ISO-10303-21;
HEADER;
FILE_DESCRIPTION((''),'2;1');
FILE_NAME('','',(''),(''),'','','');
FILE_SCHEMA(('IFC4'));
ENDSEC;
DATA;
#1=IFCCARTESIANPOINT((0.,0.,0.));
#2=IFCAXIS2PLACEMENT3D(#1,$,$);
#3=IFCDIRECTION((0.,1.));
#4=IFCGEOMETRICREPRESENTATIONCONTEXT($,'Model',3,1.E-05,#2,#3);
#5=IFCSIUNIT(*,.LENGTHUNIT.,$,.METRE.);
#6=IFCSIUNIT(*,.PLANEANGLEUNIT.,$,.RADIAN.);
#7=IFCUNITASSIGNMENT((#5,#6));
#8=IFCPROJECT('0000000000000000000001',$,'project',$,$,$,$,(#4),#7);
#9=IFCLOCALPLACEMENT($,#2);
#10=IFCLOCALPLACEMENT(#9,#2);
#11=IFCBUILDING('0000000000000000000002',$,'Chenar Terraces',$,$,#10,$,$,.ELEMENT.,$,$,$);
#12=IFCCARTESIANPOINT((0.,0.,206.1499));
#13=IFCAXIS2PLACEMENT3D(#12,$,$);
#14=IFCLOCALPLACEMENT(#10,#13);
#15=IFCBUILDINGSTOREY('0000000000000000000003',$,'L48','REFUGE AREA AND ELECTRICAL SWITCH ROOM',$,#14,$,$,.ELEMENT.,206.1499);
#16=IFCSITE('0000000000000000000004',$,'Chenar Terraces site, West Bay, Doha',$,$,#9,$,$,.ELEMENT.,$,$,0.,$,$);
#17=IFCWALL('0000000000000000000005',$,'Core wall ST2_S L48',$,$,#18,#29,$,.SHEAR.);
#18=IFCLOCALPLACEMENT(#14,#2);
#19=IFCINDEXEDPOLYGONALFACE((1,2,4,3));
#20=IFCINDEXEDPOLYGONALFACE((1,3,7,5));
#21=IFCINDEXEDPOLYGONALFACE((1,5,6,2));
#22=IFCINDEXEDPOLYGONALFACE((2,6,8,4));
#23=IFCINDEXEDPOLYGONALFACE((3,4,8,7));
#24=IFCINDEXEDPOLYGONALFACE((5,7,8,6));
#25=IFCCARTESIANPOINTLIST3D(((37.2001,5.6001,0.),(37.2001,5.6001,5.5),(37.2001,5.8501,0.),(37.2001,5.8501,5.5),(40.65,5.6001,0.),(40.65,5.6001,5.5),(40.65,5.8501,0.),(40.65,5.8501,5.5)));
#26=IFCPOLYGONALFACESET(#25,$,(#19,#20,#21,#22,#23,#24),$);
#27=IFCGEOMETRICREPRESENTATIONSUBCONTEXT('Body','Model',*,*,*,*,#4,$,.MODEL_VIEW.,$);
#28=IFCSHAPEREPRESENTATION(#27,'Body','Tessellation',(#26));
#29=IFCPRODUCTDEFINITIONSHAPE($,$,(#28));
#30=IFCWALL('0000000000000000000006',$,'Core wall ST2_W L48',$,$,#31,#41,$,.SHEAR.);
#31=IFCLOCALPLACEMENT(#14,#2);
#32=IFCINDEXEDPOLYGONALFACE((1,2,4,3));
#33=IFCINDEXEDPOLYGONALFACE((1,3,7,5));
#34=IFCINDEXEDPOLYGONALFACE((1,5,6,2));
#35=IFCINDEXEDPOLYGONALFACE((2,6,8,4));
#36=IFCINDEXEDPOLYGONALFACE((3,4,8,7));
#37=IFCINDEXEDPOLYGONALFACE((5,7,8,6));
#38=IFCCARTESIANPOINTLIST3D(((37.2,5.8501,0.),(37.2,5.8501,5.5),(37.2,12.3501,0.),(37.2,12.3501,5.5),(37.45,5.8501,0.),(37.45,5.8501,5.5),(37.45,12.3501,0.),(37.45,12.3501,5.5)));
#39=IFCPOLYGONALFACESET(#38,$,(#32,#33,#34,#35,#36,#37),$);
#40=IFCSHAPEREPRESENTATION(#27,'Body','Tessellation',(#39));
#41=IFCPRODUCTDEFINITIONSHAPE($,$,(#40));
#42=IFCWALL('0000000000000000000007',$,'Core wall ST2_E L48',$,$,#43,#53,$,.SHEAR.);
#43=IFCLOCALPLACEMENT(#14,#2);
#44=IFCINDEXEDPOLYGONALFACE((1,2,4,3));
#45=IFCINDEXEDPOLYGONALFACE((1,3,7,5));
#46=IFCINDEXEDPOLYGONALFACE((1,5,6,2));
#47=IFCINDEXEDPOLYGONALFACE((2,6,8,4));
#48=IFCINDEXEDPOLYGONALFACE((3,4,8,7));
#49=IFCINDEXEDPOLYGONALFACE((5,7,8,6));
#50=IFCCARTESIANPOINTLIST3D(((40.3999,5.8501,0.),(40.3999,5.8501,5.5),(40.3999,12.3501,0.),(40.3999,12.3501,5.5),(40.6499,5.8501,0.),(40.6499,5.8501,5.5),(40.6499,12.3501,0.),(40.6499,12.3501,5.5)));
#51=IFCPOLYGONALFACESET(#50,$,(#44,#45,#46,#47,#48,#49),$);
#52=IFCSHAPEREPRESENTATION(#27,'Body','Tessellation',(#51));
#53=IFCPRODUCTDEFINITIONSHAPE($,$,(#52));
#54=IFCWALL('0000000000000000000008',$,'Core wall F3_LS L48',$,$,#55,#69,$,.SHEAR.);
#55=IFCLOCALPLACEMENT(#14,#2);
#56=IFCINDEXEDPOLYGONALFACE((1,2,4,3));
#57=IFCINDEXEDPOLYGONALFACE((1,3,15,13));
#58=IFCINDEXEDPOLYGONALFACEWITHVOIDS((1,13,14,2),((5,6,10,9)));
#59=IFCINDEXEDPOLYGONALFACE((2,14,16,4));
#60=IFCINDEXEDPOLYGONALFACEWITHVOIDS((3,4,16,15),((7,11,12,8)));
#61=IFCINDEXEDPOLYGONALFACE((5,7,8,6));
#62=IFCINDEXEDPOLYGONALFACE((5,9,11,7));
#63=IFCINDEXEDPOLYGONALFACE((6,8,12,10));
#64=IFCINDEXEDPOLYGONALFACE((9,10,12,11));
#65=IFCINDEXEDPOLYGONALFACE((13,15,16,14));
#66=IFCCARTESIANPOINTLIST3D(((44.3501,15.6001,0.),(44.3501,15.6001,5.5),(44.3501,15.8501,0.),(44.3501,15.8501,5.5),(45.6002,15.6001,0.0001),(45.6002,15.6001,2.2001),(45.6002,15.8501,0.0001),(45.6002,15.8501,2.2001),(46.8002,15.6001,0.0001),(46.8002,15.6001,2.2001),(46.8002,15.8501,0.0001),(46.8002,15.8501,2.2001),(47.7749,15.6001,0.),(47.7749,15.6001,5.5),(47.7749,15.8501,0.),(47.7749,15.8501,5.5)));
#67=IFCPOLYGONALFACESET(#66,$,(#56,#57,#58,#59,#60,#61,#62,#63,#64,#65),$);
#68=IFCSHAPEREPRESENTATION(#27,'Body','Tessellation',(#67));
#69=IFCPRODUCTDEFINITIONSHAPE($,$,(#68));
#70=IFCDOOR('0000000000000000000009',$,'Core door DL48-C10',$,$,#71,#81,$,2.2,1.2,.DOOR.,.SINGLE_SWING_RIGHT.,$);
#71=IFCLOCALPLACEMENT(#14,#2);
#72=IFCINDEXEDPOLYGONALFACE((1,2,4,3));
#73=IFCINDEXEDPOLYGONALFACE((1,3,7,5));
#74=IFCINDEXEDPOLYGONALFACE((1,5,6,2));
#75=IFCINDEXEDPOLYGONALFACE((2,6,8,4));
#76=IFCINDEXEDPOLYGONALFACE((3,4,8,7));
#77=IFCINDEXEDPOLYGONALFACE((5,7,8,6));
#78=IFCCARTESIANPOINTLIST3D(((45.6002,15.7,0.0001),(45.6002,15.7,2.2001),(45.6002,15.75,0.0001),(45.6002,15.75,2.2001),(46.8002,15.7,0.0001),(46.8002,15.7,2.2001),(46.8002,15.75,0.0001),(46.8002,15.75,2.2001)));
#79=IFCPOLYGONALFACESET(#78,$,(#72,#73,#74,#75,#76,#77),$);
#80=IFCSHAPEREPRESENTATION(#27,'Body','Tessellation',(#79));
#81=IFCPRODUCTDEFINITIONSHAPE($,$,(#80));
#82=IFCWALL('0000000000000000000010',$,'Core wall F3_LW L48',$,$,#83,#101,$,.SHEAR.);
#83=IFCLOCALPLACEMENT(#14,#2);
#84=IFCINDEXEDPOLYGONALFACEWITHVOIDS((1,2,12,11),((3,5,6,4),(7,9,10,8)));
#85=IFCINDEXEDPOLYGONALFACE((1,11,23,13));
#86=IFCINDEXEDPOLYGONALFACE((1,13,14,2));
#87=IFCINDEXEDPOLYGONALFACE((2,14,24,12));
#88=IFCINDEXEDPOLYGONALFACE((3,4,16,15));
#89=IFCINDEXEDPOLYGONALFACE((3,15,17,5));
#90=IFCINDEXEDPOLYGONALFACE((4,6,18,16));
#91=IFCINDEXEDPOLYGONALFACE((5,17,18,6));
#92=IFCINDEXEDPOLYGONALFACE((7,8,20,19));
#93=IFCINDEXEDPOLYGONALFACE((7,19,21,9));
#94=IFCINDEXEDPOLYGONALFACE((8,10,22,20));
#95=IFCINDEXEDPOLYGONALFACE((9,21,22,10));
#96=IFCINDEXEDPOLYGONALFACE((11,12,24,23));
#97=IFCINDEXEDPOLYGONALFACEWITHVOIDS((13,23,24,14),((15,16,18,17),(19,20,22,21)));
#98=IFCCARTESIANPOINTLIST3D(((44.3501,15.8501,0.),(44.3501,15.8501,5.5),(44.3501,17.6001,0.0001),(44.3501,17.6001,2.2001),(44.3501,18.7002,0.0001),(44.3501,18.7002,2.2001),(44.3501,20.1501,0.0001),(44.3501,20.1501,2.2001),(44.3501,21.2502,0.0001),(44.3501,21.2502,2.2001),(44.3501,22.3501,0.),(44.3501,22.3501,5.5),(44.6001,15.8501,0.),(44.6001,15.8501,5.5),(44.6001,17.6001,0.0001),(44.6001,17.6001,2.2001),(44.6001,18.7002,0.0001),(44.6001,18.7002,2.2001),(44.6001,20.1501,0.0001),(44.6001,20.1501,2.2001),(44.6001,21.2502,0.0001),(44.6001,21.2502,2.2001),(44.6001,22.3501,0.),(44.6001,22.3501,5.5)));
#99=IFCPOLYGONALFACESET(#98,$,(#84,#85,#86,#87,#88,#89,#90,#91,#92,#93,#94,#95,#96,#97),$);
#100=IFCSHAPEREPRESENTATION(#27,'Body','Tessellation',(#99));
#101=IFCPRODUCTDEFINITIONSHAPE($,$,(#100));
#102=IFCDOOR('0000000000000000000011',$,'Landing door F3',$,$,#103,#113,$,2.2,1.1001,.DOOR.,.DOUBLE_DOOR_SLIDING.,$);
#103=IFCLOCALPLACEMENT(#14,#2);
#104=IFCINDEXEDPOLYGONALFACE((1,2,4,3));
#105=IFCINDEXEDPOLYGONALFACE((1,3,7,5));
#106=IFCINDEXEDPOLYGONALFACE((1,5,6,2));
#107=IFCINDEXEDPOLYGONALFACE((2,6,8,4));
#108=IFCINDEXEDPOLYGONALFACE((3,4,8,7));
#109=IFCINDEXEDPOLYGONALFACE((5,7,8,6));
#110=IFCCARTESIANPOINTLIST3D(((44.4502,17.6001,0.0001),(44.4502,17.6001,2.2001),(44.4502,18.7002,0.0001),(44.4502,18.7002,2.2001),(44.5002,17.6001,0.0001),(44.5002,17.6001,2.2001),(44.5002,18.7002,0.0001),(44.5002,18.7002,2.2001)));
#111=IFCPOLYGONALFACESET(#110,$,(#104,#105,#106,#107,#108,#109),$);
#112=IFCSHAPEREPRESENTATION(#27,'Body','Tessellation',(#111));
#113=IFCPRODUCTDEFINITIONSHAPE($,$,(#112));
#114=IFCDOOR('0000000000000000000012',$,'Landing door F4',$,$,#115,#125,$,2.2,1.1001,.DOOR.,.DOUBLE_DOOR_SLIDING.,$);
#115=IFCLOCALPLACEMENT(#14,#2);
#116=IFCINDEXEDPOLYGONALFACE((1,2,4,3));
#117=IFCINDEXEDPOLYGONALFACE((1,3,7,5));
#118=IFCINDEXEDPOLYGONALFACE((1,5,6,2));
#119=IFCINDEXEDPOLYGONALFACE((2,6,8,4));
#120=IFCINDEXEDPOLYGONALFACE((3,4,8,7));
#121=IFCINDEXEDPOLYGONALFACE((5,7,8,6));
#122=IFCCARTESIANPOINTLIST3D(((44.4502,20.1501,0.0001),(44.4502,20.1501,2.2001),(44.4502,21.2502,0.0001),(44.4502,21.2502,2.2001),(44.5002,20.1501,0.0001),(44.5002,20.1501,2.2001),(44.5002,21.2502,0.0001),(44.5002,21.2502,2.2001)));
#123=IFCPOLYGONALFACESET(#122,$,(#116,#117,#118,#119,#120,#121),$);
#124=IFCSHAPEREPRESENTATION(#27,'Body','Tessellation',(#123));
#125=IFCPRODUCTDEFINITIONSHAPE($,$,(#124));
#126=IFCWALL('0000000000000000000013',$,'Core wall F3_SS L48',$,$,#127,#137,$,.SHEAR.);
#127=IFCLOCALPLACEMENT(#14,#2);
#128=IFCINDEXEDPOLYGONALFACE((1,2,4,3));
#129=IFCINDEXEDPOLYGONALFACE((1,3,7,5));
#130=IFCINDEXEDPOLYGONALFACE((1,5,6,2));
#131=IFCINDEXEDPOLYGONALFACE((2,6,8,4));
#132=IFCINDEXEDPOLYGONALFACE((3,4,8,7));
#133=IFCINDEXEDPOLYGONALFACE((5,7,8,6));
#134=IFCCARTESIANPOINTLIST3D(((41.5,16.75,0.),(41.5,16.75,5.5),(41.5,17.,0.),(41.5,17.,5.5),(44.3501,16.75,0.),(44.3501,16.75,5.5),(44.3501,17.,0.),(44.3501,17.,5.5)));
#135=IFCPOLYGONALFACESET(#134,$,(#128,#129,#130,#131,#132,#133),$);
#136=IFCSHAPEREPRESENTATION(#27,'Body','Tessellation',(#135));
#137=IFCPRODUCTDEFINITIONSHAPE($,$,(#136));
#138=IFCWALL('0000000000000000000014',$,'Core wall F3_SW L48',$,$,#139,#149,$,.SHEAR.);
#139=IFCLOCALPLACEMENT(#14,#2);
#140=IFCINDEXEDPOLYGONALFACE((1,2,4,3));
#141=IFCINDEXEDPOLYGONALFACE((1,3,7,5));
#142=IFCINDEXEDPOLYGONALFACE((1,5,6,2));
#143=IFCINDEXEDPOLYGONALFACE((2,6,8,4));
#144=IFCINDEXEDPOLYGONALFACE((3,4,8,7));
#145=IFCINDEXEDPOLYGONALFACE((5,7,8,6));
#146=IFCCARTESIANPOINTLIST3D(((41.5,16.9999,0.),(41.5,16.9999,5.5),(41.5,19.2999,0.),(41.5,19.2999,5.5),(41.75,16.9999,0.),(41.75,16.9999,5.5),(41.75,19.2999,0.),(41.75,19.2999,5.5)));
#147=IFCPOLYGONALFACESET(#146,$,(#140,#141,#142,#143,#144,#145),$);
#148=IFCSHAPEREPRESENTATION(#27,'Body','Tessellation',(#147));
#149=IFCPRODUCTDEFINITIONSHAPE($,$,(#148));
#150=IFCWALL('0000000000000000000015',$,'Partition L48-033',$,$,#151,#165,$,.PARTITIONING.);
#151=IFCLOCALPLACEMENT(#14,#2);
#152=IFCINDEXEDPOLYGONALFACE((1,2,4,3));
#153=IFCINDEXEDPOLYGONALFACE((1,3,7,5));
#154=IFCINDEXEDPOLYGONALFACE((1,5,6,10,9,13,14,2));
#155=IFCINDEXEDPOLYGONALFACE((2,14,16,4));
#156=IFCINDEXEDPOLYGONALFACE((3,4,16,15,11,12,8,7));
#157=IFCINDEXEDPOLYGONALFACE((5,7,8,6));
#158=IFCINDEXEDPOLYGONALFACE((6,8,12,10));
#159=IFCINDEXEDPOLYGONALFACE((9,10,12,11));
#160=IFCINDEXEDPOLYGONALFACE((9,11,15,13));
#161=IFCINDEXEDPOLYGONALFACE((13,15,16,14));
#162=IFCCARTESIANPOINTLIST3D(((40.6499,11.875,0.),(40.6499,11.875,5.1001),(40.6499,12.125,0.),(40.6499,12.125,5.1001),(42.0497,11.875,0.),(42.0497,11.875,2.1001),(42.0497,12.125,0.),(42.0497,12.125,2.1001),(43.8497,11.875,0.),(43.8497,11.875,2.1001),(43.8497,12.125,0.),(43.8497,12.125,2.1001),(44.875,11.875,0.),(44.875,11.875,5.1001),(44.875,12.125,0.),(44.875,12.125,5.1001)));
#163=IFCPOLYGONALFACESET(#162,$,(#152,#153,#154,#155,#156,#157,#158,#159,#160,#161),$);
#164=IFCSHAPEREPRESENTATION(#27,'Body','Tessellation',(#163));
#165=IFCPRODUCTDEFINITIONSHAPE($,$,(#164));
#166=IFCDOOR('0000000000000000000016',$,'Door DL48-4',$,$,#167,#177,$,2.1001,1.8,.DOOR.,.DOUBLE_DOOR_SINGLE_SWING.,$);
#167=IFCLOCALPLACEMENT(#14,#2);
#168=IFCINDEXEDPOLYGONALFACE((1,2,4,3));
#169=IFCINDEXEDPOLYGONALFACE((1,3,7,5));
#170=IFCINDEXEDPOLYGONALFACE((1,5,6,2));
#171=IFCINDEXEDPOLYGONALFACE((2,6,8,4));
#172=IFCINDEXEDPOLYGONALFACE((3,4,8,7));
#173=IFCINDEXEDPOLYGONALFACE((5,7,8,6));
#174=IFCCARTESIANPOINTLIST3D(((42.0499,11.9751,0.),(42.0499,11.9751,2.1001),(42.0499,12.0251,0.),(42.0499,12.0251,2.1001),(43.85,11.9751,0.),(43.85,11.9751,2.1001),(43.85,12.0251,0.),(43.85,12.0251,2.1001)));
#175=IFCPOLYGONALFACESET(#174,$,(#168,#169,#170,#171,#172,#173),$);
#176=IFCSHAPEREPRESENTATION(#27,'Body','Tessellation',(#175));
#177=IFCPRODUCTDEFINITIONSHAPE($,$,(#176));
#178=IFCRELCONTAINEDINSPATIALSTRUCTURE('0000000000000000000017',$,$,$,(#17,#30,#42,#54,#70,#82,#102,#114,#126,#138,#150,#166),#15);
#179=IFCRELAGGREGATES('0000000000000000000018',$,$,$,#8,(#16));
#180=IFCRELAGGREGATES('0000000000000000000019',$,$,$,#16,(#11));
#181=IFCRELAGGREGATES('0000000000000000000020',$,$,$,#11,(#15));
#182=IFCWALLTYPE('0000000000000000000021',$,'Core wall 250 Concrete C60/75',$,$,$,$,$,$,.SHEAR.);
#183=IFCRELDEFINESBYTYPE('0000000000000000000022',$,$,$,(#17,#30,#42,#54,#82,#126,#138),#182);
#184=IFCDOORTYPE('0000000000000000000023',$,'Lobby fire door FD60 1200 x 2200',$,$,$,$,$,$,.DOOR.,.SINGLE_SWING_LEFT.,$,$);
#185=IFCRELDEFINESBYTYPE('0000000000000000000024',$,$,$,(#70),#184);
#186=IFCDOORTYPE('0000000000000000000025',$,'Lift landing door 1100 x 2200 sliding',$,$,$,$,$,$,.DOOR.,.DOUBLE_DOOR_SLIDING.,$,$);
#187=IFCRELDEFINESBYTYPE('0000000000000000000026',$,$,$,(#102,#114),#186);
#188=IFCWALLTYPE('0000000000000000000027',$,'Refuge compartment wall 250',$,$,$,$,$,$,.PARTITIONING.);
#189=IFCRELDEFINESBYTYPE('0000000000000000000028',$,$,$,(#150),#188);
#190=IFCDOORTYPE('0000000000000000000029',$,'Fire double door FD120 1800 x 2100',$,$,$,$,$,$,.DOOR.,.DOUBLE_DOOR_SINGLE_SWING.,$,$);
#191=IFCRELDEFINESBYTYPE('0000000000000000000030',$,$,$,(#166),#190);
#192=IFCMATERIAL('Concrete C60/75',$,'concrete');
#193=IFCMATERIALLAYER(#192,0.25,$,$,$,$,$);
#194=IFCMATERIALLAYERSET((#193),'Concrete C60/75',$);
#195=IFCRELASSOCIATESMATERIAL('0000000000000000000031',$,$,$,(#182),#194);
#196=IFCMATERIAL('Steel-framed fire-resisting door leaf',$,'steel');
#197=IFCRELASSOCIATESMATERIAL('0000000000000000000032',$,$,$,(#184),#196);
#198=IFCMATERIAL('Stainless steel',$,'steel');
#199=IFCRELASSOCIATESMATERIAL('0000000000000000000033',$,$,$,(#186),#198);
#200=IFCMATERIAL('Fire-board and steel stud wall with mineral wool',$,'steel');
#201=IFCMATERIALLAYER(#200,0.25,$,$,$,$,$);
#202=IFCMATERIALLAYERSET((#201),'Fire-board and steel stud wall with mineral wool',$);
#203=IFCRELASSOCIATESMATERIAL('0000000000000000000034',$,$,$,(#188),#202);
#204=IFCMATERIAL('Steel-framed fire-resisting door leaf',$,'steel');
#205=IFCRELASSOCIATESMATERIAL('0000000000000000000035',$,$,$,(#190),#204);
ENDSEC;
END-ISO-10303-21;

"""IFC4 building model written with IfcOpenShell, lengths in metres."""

from ifc_helpers import new_model, si_unit, direction, frame, frame_2d, origin, place, context, subcontext, project, spatial, rectangle, extrude, material, layer, layer_set, type_object, element, fill, save


model = new_model("IFC4")

# Units and contexts
model_context = context("Model", 3, precision=1e-05, world=origin(), true_north=direction((0.0, 1.0)))
body_context = subcontext(model_context, "Body", "Model", "MODEL_VIEW")
ifc_project = project(units=[si_unit("LENGTHUNIT", "METRE"), si_unit("PLANEANGLEUNIT", "RADIAN")], contexts=[model_context])

# Site, building, storey
site_placement = place(None, origin())
site = spatial("IfcSite", under=ifc_project, at=site_placement, Name="Chenar Terraces site, West Bay, Doha", CompositionType="ELEMENT", RefElevation=0.0)
building_placement = place(site_placement, origin())
building = spatial("IfcBuilding", under=site, at=building_placement, Name="Chenar Terraces", CompositionType="ELEMENT")
storey_placement = place(building_placement, frame((0.0, 0.0, 206.1499)))
storey = spatial("IfcBuildingStorey", under=building, at=storey_placement, Name="L48", Description="REFUGE AREA AND ELECTRICAL SWITCH ROOM", CompositionType="ELEMENT", Elevation=206.1499)

# Walls
ifc_material_1 = material(Name="Concrete C60/75", Category="concrete")
ifc_layer_1 = layer(ifc_material_1, 0.25)
ifc_layer_set_1 = layer_set([ifc_layer_1], Name="Concrete C60/75")
wall_type_1 = type_object("IfcWallType", Name="Core wall 250 Concrete C60/75", PredefinedType="SHEAR", material=ifc_layer_set_1)
wall_1_placement = place(storey_placement, frame((37.2, 5.7251, 0.0), z_axis=(0.0, 0.0, 1.0), x_axis=(1.0, 0.0, 0.0)))
element("IfcWall", 1, at=wall_1_placement, inside=storey, type_object=wall_type_1, Name="Core wall ST2_S L48", PredefinedType="SHEAR", context=body_context, shape_type="SweptSolid", body=[
    extrude(rectangle(XDim=3.45, YDim=0.25, at=frame_2d((1.7251, 0.0))), origin(), (0.0, 0.0, 1.0), 5.5),
])
for number, where, z_axis, x_axis, name in (
    (2, (37.325, 5.8501, 0.0), (0.0, 0.0, 1.0), (0.0, 1.0, 0.0), "Core wall ST2_W L48"),
    (3, (40.5249, 5.8501, 0.0), (0.0, 0.0, 1.0), (0.0, 1.0, 0.0), "Core wall ST2_E L48"),
):
    element("IfcWall", number, at=place(storey_placement, frame(where, z_axis=z_axis, x_axis=x_axis)), inside=storey, type_object=wall_type_1, Name=name, PredefinedType="SHEAR", context=body_context, shape_type="SweptSolid", body=[
        extrude(rectangle(XDim=6.5, YDim=0.25, at=frame_2d((3.25, 0.0))), origin(), (0.0, 0.0, 1.0), 5.5),
    ])

# Wall, opening, door
wall_2_placement = place(storey_placement, frame((44.3501, 15.7251, 0.0), z_axis=(0.0, 0.0, 1.0), x_axis=(1.0, 0.0, 0.0)))
wall_2 = element("IfcWall", 4, at=wall_2_placement, inside=storey, type_object=wall_type_1, Name="Core wall F3_LS L48", PredefinedType="SHEAR", context=body_context, shape_type="SweptSolid", body=[
    extrude(rectangle(XDim=3.4248, YDim=0.25, at=frame_2d((1.7124, 0.0))), origin(), (0.0, 0.0, 1.0), 5.5),
])
opening_1_placement = place(wall_2_placement, frame((1.25, 0.0, 0.0)))
opening_1 = element("IfcOpeningElement", 5, at=opening_1_placement, cuts=wall_2, PredefinedType="OPENING", context=body_context, shape_type="SweptSolid", body=[
    extrude(rectangle(XDim=1.2, YDim=2.2, at=frame_2d((0.6001, 1.1001))), frame((0.0, 0.135, 0.0), z_axis=(0.0, -1.0, 0.0), x_axis=(1.0, 0.0, 0.0)), (0.0, 0.0, 1.0), 0.27),
])
ifc_material_2 = material(Name="Steel-framed fire-resisting door leaf", Category="steel")
door_type_1 = type_object("IfcDoorType", Name="Lobby fire door FD60 1200 x 2200", OperationType="SINGLE_SWING_LEFT", PredefinedType="DOOR", material=ifc_material_2)
door_1_placement = place(opening_1_placement, origin())
door_1 = element("IfcDoor", 6, at=door_1_placement, inside=storey, type_object=door_type_1, Name="Core door DL48-C10", OperationType="SINGLE_SWING_RIGHT", OverallHeight=2.2, OverallWidth=1.2, PredefinedType="DOOR", context=body_context, shape_type="SweptSolid", body=[
    extrude(rectangle(XDim=1.2, YDim=2.2, at=frame_2d((0.6001, 1.1001))), frame((0.0, 0.0249, 0.0), z_axis=(0.0, -1.0, 0.0), x_axis=(1.0, 0.0, 0.0)), (0.0, 0.0, 1.0), 0.05),
])
fill(opening_1, door_1)

# Wall, openings, doors
wall_3_placement = place(storey_placement, frame((44.4751, 15.8501, 0.0), z_axis=(0.0, 0.0, 1.0), x_axis=(0.0, 1.0, 0.0)))
wall_3 = element("IfcWall", 7, at=wall_3_placement, inside=storey, type_object=wall_type_1, Name="Core wall F3_LW L48", PredefinedType="SHEAR", context=body_context, shape_type="SweptSolid", body=[
    extrude(rectangle(XDim=6.5, YDim=0.25, at=frame_2d((3.25, 0.0))), origin(), (0.0, 0.0, 1.0), 5.5),
])
opening_2_placement = place(wall_3_placement, frame((1.75, 0.0, 0.0)))
opening_2 = element("IfcOpeningElement", 8, at=opening_2_placement, cuts=wall_3, PredefinedType="OPENING", context=body_context, shape_type="SweptSolid", body=[
    extrude(rectangle(XDim=1.1001, YDim=2.2, at=frame_2d((0.55, 1.1001))), frame((0.0, 0.135, 0.0), z_axis=(0.0, -1.0, 0.0), x_axis=(1.0, 0.0, 0.0)), (0.0, 0.0, 1.0), 0.27),
])
opening_3_placement = place(wall_3_placement, frame((4.3, 0.0, 0.0)))
opening_3 = element("IfcOpeningElement", 9, at=opening_3_placement, cuts=wall_3, PredefinedType="OPENING", context=body_context, shape_type="SweptSolid", body=[
    extrude(rectangle(XDim=1.1001, YDim=2.2, at=frame_2d((0.55, 1.1001))), frame((0.0, 0.135, 0.0), z_axis=(0.0, -1.0, 0.0), x_axis=(1.0, 0.0, 0.0)), (0.0, 0.0, 1.0), 0.27),
])
ifc_material_3 = material(Name="Stainless steel", Category="steel")
door_type_2 = type_object("IfcDoorType", Name="Lift landing door 1100 x 2200 sliding", OperationType="DOUBLE_DOOR_SLIDING", PredefinedType="DOOR", material=ifc_material_3)
door_2_placement = place(opening_2_placement, origin())
door_2 = element("IfcDoor", 10, at=door_2_placement, inside=storey, type_object=door_type_2, Name="Landing door F3", OperationType="DOUBLE_DOOR_SLIDING", OverallHeight=2.2, OverallWidth=1.1001, PredefinedType="DOOR", context=body_context, shape_type="SweptSolid", body=[
    extrude(rectangle(XDim=1.1001, YDim=2.2, at=frame_2d((0.55, 1.1001))), frame((0.0, 0.0249, 0.0), z_axis=(0.0, -1.0, 0.0), x_axis=(1.0, 0.0, 0.0)), (0.0, 0.0, 1.0), 0.05),
])
fill(opening_2, door_2)
door_3_placement = place(opening_3_placement, origin())
door_3 = element("IfcDoor", 11, at=door_3_placement, inside=storey, type_object=door_type_2, Name="Landing door F4", OperationType="DOUBLE_DOOR_SLIDING", OverallHeight=2.2, OverallWidth=1.1001, PredefinedType="DOOR", context=body_context, shape_type="SweptSolid", body=[
    extrude(rectangle(XDim=1.1001, YDim=2.2, at=frame_2d((0.55, 1.1001))), frame((0.0, 0.0249, 0.0), z_axis=(0.0, -1.0, 0.0), x_axis=(1.0, 0.0, 0.0)), (0.0, 0.0, 1.0), 0.05),
])
fill(opening_3, door_3)

# Walls
wall_4_placement = place(storey_placement, frame((41.5, 16.875, 0.0), z_axis=(0.0, 0.0, 1.0), x_axis=(1.0, 0.0, 0.0)))
element("IfcWall", 12, at=wall_4_placement, inside=storey, type_object=wall_type_1, Name="Core wall F3_SS L48", PredefinedType="SHEAR", context=body_context, shape_type="SweptSolid", body=[
    extrude(rectangle(XDim=2.8501, YDim=0.25, at=frame_2d((1.425, 0.0))), origin(), (0.0, 0.0, 1.0), 5.5),
])
wall_5_placement = place(storey_placement, frame((41.625, 17.0, 0.0), z_axis=(0.0, 0.0, 1.0), x_axis=(0.0, 1.0, 0.0)))
element("IfcWall", 13, at=wall_5_placement, inside=storey, type_object=wall_type_1, Name="Core wall F3_SW L48", PredefinedType="SHEAR", context=body_context, shape_type="SweptSolid", body=[
    extrude(rectangle(XDim=2.3, YDim=0.25, at=frame_2d((1.1499, 0.0))), origin(), (0.0, 0.0, 1.0), 5.5),
])

# Wall, opening, door
ifc_material_4 = material(Name="Fire-board and steel stud wall with mineral wool", Category="steel")
ifc_layer_2 = layer(ifc_material_4, 0.25)
ifc_layer_set_2 = layer_set([ifc_layer_2], Name="Fire-board and steel stud wall with mineral wool")
wall_type_2 = type_object("IfcWallType", Name="Refuge compartment wall 250", PredefinedType="PARTITIONING", material=ifc_layer_set_2)
wall_6_placement = place(storey_placement, frame((40.6499, 12.0, 0.0), z_axis=(0.0, 0.0, 1.0), x_axis=(1.0, 0.0, 0.0)))
wall_6 = element("IfcWall", 14, at=wall_6_placement, inside=storey, type_object=wall_type_2, Name="Partition L48-033", PredefinedType="PARTITIONING", context=body_context, shape_type="SweptSolid", body=[
    extrude(rectangle(XDim=4.2251, YDim=0.25, at=frame_2d((2.1125, 0.0))), origin(), (0.0, 0.0, 1.0), 5.1001),
])
opening_4_placement = place(wall_6_placement, frame((1.3999, 0.0, 0.0)))
opening_4 = element("IfcOpeningElement", 15, at=opening_4_placement, cuts=wall_6, PredefinedType="OPENING", context=body_context, shape_type="SweptSolid", body=[
    extrude(rectangle(XDim=1.8, YDim=2.1001, at=frame_2d((0.8999, 1.05))), frame((0.0, 0.135, 0.0), z_axis=(0.0, -1.0, 0.0), x_axis=(1.0, 0.0, 0.0)), (0.0, 0.0, 1.0), 0.27),
])
ifc_material_5 = material(Name="Steel-framed fire-resisting door leaf", Category="steel")
door_type_3 = type_object("IfcDoorType", Name="Fire double door FD120 1800 x 2100", OperationType="DOUBLE_DOOR_SINGLE_SWING", PredefinedType="DOOR", material=ifc_material_5)
door_4_placement = place(opening_4_placement, frame((1.8, 0.0, 0.0), z_axis=(0.0, 0.0, 1.0), x_axis=(-1.0, 0.0, 0.0)))
door_4 = element("IfcDoor", 16, at=door_4_placement, inside=storey, type_object=door_type_3, Name="Door DL48-4", OperationType="DOUBLE_DOOR_SINGLE_SWING", OverallHeight=2.1001, OverallWidth=1.8, PredefinedType="DOOR", context=body_context, shape_type="SweptSolid", body=[
    extrude(rectangle(XDim=1.8, YDim=2.1001, at=frame_2d((0.8999, 1.05))), frame((0.0, 0.0249, 0.0), z_axis=(0.0, -1.0, 0.0), x_axis=(1.0, 0.0, 0.0)), (0.0, 0.0, 1.0), 0.05),
])
fill(opening_4, door_4)

save(model, "model.ifc")
